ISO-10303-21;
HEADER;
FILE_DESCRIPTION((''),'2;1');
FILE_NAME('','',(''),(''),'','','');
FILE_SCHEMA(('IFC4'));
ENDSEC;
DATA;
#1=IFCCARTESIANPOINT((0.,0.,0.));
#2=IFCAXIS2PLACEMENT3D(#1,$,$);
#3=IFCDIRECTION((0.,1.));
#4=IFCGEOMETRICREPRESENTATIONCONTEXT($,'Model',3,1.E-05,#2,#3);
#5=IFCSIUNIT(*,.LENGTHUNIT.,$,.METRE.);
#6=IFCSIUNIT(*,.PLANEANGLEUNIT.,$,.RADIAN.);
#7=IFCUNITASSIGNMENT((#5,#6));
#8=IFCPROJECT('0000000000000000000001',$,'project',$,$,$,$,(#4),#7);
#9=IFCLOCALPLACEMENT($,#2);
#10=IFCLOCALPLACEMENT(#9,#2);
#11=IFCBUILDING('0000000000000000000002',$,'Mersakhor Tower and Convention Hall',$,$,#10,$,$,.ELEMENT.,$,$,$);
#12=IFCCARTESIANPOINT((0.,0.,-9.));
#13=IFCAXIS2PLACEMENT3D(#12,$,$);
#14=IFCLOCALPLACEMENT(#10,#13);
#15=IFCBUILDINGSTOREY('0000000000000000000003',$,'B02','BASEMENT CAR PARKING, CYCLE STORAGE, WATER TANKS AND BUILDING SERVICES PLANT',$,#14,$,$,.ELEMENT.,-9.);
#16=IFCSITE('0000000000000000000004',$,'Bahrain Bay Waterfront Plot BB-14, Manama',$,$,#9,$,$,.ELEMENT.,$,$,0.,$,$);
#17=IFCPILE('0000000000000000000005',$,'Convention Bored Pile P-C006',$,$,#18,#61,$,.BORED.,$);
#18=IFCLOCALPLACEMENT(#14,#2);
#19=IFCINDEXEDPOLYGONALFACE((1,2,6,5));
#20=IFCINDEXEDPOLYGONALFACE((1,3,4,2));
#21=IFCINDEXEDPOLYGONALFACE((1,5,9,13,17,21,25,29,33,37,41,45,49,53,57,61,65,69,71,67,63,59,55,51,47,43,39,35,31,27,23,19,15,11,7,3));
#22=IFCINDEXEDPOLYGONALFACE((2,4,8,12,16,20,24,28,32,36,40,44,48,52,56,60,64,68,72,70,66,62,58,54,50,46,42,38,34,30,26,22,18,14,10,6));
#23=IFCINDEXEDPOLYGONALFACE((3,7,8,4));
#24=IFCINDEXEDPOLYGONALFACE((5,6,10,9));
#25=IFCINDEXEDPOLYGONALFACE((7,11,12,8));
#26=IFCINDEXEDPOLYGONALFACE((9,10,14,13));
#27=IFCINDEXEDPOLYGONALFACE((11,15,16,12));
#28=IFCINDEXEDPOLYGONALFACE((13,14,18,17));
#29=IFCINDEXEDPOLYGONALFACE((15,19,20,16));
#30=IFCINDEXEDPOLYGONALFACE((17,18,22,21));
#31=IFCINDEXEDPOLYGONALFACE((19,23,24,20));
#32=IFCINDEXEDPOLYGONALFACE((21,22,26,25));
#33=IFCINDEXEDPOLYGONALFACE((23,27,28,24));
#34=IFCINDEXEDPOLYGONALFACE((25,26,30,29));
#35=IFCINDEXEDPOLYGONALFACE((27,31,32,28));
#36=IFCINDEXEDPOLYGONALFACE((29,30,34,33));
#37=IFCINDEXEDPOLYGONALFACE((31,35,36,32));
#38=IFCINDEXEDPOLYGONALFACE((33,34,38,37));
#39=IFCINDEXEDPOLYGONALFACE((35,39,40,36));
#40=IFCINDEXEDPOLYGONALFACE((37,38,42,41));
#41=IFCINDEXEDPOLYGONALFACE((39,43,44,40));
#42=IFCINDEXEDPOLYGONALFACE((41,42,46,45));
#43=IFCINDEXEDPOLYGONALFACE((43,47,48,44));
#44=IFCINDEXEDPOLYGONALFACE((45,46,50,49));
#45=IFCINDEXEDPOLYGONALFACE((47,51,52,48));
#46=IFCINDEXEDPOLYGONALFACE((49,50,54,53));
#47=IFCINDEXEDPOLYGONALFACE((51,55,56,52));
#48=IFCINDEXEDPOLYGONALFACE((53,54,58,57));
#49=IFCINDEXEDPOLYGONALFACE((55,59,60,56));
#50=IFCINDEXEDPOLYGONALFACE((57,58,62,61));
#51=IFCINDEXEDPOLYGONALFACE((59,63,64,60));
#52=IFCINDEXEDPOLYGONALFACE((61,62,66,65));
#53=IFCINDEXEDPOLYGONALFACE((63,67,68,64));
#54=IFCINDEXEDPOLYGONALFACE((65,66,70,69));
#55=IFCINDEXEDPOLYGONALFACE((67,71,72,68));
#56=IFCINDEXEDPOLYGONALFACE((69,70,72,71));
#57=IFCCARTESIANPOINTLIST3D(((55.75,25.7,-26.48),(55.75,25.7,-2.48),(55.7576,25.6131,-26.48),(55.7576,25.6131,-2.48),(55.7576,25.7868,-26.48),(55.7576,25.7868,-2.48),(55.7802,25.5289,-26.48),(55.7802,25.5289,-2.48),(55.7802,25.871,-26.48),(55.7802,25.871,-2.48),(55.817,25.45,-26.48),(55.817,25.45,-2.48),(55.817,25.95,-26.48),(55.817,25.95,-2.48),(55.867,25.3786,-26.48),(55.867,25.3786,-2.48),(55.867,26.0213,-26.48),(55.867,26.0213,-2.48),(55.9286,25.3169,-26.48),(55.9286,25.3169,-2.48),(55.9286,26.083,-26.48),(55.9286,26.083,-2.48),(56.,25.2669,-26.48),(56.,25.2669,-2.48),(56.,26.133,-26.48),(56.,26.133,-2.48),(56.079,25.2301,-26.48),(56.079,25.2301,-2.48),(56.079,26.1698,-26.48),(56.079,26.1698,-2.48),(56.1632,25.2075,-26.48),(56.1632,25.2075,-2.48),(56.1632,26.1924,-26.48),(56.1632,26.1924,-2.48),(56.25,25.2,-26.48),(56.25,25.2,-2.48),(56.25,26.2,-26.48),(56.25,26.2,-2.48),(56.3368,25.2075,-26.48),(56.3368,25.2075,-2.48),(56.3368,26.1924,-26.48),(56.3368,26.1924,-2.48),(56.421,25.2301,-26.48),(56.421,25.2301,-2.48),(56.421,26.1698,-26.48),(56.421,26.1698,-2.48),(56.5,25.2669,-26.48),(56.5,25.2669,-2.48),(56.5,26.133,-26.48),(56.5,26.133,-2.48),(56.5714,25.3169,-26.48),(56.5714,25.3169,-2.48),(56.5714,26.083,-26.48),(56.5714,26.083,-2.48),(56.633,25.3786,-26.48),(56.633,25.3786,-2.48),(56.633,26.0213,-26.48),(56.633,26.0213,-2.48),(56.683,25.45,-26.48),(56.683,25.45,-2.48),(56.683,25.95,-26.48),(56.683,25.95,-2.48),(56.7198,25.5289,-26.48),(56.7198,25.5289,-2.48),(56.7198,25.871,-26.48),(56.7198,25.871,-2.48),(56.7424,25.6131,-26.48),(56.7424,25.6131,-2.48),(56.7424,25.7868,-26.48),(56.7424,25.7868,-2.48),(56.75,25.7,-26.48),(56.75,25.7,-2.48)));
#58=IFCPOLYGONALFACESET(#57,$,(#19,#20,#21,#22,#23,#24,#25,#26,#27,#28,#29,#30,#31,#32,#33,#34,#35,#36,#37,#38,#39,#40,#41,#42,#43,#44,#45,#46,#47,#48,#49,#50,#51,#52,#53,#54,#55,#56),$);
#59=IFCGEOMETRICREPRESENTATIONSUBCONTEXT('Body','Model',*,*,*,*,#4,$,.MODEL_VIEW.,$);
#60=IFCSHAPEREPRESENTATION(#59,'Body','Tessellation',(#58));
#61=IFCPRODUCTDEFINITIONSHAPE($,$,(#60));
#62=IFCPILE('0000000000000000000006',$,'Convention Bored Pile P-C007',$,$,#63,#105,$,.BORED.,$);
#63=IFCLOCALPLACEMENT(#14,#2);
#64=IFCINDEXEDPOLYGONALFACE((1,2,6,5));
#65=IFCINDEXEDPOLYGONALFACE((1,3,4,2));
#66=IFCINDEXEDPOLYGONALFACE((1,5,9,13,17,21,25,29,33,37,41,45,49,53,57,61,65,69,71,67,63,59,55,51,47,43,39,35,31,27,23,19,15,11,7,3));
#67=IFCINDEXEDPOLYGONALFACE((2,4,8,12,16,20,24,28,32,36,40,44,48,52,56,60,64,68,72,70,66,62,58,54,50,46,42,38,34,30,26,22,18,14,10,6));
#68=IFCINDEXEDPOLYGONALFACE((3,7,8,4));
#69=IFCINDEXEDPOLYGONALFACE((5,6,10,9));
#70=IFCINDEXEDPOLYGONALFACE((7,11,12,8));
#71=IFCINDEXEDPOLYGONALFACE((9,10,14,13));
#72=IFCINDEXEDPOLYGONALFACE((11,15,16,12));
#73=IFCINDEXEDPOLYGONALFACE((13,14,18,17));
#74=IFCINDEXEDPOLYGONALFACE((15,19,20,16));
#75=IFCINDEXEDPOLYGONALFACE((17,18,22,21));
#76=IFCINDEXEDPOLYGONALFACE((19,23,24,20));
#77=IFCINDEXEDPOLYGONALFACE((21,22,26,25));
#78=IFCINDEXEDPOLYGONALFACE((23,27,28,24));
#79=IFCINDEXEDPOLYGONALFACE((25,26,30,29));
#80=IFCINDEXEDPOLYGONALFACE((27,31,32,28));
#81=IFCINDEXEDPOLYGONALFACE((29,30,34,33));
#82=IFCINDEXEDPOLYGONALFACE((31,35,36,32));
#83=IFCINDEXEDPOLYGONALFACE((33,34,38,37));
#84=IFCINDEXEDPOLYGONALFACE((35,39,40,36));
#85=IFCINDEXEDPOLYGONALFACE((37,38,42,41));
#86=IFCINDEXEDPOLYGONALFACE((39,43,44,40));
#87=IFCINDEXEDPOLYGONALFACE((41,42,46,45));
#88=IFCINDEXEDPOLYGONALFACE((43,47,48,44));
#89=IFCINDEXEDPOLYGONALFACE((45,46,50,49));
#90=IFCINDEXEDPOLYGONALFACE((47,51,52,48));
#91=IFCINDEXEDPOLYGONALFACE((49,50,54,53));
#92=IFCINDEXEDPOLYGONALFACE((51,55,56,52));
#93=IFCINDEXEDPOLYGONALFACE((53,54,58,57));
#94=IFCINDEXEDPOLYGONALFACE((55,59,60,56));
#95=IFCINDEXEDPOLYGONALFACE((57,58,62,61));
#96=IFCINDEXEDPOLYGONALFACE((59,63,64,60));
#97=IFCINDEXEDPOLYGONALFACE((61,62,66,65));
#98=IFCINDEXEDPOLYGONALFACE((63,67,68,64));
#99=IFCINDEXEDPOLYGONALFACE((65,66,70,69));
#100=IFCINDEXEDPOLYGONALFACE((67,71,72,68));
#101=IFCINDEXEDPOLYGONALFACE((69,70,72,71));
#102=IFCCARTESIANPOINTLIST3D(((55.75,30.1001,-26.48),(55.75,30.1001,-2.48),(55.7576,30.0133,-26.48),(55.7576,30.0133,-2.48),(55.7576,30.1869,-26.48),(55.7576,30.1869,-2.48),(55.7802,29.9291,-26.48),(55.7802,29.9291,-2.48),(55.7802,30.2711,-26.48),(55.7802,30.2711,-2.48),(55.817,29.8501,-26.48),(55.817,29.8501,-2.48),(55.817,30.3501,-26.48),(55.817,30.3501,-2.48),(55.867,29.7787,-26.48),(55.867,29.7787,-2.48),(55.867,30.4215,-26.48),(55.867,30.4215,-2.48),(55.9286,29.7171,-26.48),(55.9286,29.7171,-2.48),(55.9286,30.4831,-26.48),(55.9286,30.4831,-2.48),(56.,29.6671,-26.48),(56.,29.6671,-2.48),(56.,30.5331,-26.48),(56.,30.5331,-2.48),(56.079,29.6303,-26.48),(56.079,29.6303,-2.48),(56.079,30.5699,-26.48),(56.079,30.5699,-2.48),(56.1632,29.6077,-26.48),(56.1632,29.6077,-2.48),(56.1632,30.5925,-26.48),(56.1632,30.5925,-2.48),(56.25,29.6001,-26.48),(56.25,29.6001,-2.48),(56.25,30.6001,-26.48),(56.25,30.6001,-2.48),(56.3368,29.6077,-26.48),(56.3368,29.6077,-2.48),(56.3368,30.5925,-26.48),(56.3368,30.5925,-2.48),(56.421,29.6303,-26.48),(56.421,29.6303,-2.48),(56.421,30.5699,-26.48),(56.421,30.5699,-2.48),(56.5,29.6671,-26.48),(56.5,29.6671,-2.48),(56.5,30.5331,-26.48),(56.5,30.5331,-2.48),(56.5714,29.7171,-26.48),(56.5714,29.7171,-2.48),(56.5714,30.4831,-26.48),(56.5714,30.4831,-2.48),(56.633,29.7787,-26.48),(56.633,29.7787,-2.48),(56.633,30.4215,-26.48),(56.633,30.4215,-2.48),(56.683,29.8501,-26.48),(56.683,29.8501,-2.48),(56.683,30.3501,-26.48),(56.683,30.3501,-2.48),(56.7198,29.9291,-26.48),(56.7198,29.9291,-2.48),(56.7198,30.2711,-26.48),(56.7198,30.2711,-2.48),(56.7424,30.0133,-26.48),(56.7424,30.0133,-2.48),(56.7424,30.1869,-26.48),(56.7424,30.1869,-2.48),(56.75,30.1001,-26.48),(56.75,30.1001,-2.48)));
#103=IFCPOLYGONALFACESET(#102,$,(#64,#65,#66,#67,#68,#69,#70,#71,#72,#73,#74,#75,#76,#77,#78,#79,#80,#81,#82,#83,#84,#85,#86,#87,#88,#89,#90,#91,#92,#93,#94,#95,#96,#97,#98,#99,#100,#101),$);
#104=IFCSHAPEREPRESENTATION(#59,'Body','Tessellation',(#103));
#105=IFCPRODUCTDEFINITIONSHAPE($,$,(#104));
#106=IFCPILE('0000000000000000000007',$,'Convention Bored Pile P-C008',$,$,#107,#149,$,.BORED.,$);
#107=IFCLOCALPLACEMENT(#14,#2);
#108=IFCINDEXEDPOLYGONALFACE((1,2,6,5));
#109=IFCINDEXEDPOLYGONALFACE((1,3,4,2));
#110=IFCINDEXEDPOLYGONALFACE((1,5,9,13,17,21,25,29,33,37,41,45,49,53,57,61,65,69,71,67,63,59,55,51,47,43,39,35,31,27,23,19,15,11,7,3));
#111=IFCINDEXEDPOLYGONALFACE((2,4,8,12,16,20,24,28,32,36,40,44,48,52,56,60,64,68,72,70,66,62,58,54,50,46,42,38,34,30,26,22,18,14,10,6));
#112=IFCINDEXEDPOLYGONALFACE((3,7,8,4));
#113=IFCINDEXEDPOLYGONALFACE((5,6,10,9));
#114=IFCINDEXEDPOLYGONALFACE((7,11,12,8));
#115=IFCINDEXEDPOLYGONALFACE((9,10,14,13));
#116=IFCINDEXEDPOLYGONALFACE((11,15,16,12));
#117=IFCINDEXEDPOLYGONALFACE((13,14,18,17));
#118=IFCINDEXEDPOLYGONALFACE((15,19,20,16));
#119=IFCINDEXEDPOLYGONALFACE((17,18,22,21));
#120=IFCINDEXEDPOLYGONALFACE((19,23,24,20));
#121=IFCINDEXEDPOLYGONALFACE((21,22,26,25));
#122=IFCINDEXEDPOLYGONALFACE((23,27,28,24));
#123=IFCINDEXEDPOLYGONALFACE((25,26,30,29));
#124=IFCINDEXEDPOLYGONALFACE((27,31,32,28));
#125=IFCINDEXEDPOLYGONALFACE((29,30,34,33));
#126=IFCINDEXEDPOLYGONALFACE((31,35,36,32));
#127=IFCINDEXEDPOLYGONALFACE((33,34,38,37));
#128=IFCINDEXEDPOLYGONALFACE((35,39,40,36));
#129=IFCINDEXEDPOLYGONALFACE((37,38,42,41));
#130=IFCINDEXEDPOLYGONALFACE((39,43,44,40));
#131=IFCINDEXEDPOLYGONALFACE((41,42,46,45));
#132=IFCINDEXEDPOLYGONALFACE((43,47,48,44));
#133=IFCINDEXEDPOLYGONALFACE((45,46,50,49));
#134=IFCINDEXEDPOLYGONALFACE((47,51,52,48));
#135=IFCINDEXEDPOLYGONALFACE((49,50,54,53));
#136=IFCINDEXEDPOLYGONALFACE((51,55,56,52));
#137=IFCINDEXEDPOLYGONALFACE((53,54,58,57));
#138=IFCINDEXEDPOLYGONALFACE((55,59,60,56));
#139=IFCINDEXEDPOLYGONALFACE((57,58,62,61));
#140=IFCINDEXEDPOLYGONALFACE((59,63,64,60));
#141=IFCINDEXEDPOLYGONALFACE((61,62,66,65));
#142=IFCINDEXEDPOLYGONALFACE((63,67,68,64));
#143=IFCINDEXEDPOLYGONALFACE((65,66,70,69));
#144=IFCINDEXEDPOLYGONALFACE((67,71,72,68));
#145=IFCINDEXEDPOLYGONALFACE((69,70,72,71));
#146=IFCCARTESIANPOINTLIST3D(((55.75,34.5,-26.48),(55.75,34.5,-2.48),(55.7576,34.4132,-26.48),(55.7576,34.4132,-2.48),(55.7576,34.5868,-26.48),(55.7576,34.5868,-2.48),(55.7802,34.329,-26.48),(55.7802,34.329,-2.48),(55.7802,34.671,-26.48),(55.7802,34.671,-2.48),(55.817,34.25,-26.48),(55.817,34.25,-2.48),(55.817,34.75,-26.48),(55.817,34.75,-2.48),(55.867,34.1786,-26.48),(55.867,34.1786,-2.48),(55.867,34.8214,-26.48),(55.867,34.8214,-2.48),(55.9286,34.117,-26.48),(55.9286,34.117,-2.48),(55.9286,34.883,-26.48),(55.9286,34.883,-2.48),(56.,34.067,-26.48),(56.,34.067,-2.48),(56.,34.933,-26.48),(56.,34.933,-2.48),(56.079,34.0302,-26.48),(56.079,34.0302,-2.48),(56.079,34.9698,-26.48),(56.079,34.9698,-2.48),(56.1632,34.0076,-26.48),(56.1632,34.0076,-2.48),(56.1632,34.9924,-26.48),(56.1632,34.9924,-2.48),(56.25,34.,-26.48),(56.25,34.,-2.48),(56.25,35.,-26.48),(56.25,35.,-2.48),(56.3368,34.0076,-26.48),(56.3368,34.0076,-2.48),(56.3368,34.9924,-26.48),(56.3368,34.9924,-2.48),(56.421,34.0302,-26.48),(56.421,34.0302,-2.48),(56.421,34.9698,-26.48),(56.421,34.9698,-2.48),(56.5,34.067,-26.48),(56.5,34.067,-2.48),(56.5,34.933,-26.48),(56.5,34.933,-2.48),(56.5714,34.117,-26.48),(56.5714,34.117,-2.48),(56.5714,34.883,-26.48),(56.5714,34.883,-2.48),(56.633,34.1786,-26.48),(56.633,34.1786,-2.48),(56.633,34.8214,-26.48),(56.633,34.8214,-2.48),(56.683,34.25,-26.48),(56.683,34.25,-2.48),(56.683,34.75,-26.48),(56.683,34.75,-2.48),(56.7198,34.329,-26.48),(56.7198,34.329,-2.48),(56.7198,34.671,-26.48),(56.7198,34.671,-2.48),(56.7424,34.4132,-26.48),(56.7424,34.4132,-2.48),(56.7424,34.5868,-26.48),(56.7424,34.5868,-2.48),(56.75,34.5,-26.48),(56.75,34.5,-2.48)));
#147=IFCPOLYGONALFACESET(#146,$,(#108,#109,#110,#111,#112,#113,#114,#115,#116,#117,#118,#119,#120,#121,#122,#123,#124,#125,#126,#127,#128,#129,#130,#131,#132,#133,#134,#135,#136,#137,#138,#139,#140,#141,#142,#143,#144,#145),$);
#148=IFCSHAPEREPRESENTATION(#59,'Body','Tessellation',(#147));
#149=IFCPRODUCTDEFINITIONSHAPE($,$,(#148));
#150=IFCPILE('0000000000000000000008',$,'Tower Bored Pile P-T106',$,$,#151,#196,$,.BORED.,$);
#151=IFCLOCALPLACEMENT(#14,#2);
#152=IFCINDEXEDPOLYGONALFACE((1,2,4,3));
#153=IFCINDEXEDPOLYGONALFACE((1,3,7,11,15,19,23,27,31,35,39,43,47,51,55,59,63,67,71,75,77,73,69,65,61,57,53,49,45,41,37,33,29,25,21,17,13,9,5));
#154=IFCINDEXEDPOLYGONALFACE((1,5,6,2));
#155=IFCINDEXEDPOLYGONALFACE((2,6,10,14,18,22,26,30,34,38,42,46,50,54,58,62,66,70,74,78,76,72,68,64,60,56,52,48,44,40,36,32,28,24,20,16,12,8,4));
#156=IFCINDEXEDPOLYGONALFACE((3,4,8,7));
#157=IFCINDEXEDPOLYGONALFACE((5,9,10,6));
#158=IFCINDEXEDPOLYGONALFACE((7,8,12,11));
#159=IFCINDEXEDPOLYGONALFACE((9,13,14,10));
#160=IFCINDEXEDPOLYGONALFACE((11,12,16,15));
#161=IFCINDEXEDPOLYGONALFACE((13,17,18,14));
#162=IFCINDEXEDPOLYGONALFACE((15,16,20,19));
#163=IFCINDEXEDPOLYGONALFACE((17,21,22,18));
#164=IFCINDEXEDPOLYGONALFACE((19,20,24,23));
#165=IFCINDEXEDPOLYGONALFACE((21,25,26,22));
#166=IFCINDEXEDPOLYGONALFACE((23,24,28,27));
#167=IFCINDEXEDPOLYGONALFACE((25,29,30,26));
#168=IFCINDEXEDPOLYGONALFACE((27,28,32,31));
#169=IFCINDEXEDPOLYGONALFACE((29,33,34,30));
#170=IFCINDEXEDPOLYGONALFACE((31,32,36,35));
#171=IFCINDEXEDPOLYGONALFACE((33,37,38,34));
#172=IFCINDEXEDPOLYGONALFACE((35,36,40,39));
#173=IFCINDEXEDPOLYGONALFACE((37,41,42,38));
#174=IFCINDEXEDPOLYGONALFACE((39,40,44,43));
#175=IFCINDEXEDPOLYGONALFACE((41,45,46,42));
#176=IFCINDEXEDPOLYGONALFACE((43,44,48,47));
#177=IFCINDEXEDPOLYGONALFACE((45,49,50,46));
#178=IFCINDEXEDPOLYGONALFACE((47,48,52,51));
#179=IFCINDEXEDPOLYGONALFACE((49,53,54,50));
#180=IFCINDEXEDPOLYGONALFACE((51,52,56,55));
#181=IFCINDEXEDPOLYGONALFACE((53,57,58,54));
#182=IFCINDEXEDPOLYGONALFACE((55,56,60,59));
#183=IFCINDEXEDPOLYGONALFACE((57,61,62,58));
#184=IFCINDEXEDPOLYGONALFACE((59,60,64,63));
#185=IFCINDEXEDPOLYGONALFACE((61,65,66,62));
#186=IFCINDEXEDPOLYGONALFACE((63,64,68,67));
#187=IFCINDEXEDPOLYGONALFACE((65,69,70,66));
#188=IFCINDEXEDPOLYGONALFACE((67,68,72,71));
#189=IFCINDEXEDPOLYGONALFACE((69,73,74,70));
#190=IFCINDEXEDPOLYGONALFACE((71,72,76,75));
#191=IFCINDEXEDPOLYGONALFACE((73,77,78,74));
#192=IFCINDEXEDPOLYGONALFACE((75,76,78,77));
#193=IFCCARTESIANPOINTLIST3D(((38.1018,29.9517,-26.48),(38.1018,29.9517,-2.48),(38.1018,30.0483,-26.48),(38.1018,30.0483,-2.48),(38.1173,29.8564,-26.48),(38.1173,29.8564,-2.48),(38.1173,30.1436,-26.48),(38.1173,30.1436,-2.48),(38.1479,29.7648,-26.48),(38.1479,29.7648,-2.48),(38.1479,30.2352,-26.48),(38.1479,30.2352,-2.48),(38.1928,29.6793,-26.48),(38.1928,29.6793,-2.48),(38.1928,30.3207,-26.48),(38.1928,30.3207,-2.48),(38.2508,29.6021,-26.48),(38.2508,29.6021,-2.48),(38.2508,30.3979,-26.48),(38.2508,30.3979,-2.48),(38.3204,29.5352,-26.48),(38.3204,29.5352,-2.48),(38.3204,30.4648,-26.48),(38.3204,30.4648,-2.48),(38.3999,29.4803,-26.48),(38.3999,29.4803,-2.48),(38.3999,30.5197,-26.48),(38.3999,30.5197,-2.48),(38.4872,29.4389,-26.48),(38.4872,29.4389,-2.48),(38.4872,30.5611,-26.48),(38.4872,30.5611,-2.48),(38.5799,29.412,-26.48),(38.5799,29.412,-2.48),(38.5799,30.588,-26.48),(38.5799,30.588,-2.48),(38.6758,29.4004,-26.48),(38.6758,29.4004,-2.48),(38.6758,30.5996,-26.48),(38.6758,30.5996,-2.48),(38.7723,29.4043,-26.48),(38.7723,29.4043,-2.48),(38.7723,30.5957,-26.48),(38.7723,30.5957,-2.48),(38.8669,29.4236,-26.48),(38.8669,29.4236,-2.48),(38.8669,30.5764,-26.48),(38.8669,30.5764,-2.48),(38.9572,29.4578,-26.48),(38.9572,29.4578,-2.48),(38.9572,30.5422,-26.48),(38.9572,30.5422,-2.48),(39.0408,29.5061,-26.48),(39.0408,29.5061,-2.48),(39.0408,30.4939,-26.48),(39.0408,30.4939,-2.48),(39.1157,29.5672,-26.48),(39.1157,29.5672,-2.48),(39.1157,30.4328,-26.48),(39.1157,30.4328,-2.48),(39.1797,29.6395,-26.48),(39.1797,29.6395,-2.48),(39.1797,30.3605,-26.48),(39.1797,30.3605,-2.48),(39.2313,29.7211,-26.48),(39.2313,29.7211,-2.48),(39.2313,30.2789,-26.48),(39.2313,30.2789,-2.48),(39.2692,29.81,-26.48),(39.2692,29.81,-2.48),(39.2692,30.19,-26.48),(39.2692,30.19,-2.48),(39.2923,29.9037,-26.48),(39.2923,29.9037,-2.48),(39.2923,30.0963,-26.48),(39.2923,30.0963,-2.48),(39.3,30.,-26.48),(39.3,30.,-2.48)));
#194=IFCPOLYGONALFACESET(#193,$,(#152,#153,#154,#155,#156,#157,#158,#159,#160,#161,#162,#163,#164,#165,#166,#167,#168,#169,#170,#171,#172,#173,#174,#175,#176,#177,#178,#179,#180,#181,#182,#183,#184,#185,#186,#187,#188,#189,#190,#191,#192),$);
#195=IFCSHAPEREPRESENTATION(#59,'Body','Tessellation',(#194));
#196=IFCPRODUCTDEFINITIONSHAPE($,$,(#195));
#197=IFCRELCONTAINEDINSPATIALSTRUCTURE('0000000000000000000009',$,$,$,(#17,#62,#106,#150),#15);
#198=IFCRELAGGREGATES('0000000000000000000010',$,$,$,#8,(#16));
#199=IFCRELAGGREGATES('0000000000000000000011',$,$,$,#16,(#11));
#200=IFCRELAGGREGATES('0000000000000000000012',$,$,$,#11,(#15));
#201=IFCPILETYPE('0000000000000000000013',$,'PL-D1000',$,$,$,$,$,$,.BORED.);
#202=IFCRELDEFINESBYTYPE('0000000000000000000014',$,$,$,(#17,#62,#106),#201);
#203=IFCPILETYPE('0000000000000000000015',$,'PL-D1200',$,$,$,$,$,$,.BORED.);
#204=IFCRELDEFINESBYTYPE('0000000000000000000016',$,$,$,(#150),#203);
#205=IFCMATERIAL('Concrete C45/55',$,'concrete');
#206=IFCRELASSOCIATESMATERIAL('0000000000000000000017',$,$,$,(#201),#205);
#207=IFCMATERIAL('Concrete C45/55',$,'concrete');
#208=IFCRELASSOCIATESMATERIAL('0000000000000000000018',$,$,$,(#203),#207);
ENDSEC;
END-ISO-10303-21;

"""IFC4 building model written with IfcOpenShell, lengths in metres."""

from ifc_helpers import new_model, si_unit, direction, frame, origin, origin_2d, place, context, subcontext, project, spatial, circle, extrude, material, material_profile, profile_set, type_object, element, save


model = new_model("IFC4")

# Units and contexts
model_context = context("Model", 3, precision=1e-05, world=origin(), true_north=direction((0.0, 1.0)))
body_context = subcontext(model_context, "Body", "Model", "MODEL_VIEW")
ifc_project = project(units=[si_unit("LENGTHUNIT", "METRE"), si_unit("PLANEANGLEUNIT", "RADIAN")], contexts=[model_context])

# Site, building, storey
site_placement = place(None, origin())
site = spatial("IfcSite", under=ifc_project, at=site_placement, Name="Bahrain Bay Waterfront Plot BB-14, Manama", CompositionType="ELEMENT", RefElevation=0.0)
building_placement = place(site_placement, origin())
building = spatial("IfcBuilding", under=site, at=building_placement, Name="Mersakhor Tower and Convention Hall", CompositionType="ELEMENT")
storey_placement = place(building_placement, frame((0.0, 0.0, -9.0)))
storey = spatial("IfcBuildingStorey", under=building, at=storey_placement, Name="B02", Description="BASEMENT CAR PARKING, CYCLE STORAGE, WATER TANKS AND BUILDING SERVICES PLANT", CompositionType="ELEMENT", Elevation=-9.0)

# Piles
ifc_material_1 = material(Name="Concrete C45/55", Category="concrete")
ifc_material_profile_1 = material_profile(ifc_material_1, circle(Radius=0.5, at=origin_2d()), Name="PILE D1000")
ifc_profile_set_1 = profile_set([ifc_material_profile_1], Name="Concrete C45/55")
pile_type_1 = type_object("IfcPileType", Name="PL-D1000", PredefinedType="BORED", material=ifc_profile_set_1)
for number, where, z_axis, x_axis, name in (
    (1, (56.25, 25.7, -2.48), (0.0, 0.0, -1.0), (1.0, 0.0, 0.0), "Convention Bored Pile P-C006"),
    (2, (56.25, 30.1001, -2.48), (0.0, 0.0, -1.0), (1.0, 0.0, 0.0), "Convention Bored Pile P-C007"),
    (3, (56.25, 34.5, -2.48), (0.0, 0.0, -1.0), (1.0, 0.0, 0.0), "Convention Bored Pile P-C008"),
):
    element("IfcPile", number, at=place(storey_placement, frame(where, z_axis=z_axis, x_axis=x_axis)), inside=storey, type_object=pile_type_1, Name=name, PredefinedType="BORED", context=body_context, shape_type="SweptSolid", body=[
        extrude(circle(Radius=0.5, at=origin_2d()), origin(), (0.0, 0.0, 1.0), 24.0),
    ])
ifc_material_2 = material(Name="Concrete C45/55", Category="concrete")
ifc_material_profile_2 = material_profile(ifc_material_2, circle(Radius=0.6001, at=origin_2d()), Name="PILE D1200")
ifc_profile_set_2 = profile_set([ifc_material_profile_2], Name="Concrete C45/55")
pile_type_2 = type_object("IfcPileType", Name="PL-D1200", PredefinedType="BORED", material=ifc_profile_set_2)
for number, where, z_axis, x_axis, name in (
    (4, (38.7, 30.0, -2.48), (0.0, 0.0, -1.0), (1.0, 0.0, 0.0), "Tower Bored Pile P-T106"),
):
    element("IfcPile", number, at=place(storey_placement, frame(where, z_axis=z_axis, x_axis=x_axis)), inside=storey, type_object=pile_type_2, Name=name, PredefinedType="BORED", context=body_context, shape_type="SweptSolid", body=[
        extrude(circle(Radius=0.6001, at=origin_2d()), origin(), (0.0, 0.0, 1.0), 24.0),
    ])

save(model, "model.ifc")
